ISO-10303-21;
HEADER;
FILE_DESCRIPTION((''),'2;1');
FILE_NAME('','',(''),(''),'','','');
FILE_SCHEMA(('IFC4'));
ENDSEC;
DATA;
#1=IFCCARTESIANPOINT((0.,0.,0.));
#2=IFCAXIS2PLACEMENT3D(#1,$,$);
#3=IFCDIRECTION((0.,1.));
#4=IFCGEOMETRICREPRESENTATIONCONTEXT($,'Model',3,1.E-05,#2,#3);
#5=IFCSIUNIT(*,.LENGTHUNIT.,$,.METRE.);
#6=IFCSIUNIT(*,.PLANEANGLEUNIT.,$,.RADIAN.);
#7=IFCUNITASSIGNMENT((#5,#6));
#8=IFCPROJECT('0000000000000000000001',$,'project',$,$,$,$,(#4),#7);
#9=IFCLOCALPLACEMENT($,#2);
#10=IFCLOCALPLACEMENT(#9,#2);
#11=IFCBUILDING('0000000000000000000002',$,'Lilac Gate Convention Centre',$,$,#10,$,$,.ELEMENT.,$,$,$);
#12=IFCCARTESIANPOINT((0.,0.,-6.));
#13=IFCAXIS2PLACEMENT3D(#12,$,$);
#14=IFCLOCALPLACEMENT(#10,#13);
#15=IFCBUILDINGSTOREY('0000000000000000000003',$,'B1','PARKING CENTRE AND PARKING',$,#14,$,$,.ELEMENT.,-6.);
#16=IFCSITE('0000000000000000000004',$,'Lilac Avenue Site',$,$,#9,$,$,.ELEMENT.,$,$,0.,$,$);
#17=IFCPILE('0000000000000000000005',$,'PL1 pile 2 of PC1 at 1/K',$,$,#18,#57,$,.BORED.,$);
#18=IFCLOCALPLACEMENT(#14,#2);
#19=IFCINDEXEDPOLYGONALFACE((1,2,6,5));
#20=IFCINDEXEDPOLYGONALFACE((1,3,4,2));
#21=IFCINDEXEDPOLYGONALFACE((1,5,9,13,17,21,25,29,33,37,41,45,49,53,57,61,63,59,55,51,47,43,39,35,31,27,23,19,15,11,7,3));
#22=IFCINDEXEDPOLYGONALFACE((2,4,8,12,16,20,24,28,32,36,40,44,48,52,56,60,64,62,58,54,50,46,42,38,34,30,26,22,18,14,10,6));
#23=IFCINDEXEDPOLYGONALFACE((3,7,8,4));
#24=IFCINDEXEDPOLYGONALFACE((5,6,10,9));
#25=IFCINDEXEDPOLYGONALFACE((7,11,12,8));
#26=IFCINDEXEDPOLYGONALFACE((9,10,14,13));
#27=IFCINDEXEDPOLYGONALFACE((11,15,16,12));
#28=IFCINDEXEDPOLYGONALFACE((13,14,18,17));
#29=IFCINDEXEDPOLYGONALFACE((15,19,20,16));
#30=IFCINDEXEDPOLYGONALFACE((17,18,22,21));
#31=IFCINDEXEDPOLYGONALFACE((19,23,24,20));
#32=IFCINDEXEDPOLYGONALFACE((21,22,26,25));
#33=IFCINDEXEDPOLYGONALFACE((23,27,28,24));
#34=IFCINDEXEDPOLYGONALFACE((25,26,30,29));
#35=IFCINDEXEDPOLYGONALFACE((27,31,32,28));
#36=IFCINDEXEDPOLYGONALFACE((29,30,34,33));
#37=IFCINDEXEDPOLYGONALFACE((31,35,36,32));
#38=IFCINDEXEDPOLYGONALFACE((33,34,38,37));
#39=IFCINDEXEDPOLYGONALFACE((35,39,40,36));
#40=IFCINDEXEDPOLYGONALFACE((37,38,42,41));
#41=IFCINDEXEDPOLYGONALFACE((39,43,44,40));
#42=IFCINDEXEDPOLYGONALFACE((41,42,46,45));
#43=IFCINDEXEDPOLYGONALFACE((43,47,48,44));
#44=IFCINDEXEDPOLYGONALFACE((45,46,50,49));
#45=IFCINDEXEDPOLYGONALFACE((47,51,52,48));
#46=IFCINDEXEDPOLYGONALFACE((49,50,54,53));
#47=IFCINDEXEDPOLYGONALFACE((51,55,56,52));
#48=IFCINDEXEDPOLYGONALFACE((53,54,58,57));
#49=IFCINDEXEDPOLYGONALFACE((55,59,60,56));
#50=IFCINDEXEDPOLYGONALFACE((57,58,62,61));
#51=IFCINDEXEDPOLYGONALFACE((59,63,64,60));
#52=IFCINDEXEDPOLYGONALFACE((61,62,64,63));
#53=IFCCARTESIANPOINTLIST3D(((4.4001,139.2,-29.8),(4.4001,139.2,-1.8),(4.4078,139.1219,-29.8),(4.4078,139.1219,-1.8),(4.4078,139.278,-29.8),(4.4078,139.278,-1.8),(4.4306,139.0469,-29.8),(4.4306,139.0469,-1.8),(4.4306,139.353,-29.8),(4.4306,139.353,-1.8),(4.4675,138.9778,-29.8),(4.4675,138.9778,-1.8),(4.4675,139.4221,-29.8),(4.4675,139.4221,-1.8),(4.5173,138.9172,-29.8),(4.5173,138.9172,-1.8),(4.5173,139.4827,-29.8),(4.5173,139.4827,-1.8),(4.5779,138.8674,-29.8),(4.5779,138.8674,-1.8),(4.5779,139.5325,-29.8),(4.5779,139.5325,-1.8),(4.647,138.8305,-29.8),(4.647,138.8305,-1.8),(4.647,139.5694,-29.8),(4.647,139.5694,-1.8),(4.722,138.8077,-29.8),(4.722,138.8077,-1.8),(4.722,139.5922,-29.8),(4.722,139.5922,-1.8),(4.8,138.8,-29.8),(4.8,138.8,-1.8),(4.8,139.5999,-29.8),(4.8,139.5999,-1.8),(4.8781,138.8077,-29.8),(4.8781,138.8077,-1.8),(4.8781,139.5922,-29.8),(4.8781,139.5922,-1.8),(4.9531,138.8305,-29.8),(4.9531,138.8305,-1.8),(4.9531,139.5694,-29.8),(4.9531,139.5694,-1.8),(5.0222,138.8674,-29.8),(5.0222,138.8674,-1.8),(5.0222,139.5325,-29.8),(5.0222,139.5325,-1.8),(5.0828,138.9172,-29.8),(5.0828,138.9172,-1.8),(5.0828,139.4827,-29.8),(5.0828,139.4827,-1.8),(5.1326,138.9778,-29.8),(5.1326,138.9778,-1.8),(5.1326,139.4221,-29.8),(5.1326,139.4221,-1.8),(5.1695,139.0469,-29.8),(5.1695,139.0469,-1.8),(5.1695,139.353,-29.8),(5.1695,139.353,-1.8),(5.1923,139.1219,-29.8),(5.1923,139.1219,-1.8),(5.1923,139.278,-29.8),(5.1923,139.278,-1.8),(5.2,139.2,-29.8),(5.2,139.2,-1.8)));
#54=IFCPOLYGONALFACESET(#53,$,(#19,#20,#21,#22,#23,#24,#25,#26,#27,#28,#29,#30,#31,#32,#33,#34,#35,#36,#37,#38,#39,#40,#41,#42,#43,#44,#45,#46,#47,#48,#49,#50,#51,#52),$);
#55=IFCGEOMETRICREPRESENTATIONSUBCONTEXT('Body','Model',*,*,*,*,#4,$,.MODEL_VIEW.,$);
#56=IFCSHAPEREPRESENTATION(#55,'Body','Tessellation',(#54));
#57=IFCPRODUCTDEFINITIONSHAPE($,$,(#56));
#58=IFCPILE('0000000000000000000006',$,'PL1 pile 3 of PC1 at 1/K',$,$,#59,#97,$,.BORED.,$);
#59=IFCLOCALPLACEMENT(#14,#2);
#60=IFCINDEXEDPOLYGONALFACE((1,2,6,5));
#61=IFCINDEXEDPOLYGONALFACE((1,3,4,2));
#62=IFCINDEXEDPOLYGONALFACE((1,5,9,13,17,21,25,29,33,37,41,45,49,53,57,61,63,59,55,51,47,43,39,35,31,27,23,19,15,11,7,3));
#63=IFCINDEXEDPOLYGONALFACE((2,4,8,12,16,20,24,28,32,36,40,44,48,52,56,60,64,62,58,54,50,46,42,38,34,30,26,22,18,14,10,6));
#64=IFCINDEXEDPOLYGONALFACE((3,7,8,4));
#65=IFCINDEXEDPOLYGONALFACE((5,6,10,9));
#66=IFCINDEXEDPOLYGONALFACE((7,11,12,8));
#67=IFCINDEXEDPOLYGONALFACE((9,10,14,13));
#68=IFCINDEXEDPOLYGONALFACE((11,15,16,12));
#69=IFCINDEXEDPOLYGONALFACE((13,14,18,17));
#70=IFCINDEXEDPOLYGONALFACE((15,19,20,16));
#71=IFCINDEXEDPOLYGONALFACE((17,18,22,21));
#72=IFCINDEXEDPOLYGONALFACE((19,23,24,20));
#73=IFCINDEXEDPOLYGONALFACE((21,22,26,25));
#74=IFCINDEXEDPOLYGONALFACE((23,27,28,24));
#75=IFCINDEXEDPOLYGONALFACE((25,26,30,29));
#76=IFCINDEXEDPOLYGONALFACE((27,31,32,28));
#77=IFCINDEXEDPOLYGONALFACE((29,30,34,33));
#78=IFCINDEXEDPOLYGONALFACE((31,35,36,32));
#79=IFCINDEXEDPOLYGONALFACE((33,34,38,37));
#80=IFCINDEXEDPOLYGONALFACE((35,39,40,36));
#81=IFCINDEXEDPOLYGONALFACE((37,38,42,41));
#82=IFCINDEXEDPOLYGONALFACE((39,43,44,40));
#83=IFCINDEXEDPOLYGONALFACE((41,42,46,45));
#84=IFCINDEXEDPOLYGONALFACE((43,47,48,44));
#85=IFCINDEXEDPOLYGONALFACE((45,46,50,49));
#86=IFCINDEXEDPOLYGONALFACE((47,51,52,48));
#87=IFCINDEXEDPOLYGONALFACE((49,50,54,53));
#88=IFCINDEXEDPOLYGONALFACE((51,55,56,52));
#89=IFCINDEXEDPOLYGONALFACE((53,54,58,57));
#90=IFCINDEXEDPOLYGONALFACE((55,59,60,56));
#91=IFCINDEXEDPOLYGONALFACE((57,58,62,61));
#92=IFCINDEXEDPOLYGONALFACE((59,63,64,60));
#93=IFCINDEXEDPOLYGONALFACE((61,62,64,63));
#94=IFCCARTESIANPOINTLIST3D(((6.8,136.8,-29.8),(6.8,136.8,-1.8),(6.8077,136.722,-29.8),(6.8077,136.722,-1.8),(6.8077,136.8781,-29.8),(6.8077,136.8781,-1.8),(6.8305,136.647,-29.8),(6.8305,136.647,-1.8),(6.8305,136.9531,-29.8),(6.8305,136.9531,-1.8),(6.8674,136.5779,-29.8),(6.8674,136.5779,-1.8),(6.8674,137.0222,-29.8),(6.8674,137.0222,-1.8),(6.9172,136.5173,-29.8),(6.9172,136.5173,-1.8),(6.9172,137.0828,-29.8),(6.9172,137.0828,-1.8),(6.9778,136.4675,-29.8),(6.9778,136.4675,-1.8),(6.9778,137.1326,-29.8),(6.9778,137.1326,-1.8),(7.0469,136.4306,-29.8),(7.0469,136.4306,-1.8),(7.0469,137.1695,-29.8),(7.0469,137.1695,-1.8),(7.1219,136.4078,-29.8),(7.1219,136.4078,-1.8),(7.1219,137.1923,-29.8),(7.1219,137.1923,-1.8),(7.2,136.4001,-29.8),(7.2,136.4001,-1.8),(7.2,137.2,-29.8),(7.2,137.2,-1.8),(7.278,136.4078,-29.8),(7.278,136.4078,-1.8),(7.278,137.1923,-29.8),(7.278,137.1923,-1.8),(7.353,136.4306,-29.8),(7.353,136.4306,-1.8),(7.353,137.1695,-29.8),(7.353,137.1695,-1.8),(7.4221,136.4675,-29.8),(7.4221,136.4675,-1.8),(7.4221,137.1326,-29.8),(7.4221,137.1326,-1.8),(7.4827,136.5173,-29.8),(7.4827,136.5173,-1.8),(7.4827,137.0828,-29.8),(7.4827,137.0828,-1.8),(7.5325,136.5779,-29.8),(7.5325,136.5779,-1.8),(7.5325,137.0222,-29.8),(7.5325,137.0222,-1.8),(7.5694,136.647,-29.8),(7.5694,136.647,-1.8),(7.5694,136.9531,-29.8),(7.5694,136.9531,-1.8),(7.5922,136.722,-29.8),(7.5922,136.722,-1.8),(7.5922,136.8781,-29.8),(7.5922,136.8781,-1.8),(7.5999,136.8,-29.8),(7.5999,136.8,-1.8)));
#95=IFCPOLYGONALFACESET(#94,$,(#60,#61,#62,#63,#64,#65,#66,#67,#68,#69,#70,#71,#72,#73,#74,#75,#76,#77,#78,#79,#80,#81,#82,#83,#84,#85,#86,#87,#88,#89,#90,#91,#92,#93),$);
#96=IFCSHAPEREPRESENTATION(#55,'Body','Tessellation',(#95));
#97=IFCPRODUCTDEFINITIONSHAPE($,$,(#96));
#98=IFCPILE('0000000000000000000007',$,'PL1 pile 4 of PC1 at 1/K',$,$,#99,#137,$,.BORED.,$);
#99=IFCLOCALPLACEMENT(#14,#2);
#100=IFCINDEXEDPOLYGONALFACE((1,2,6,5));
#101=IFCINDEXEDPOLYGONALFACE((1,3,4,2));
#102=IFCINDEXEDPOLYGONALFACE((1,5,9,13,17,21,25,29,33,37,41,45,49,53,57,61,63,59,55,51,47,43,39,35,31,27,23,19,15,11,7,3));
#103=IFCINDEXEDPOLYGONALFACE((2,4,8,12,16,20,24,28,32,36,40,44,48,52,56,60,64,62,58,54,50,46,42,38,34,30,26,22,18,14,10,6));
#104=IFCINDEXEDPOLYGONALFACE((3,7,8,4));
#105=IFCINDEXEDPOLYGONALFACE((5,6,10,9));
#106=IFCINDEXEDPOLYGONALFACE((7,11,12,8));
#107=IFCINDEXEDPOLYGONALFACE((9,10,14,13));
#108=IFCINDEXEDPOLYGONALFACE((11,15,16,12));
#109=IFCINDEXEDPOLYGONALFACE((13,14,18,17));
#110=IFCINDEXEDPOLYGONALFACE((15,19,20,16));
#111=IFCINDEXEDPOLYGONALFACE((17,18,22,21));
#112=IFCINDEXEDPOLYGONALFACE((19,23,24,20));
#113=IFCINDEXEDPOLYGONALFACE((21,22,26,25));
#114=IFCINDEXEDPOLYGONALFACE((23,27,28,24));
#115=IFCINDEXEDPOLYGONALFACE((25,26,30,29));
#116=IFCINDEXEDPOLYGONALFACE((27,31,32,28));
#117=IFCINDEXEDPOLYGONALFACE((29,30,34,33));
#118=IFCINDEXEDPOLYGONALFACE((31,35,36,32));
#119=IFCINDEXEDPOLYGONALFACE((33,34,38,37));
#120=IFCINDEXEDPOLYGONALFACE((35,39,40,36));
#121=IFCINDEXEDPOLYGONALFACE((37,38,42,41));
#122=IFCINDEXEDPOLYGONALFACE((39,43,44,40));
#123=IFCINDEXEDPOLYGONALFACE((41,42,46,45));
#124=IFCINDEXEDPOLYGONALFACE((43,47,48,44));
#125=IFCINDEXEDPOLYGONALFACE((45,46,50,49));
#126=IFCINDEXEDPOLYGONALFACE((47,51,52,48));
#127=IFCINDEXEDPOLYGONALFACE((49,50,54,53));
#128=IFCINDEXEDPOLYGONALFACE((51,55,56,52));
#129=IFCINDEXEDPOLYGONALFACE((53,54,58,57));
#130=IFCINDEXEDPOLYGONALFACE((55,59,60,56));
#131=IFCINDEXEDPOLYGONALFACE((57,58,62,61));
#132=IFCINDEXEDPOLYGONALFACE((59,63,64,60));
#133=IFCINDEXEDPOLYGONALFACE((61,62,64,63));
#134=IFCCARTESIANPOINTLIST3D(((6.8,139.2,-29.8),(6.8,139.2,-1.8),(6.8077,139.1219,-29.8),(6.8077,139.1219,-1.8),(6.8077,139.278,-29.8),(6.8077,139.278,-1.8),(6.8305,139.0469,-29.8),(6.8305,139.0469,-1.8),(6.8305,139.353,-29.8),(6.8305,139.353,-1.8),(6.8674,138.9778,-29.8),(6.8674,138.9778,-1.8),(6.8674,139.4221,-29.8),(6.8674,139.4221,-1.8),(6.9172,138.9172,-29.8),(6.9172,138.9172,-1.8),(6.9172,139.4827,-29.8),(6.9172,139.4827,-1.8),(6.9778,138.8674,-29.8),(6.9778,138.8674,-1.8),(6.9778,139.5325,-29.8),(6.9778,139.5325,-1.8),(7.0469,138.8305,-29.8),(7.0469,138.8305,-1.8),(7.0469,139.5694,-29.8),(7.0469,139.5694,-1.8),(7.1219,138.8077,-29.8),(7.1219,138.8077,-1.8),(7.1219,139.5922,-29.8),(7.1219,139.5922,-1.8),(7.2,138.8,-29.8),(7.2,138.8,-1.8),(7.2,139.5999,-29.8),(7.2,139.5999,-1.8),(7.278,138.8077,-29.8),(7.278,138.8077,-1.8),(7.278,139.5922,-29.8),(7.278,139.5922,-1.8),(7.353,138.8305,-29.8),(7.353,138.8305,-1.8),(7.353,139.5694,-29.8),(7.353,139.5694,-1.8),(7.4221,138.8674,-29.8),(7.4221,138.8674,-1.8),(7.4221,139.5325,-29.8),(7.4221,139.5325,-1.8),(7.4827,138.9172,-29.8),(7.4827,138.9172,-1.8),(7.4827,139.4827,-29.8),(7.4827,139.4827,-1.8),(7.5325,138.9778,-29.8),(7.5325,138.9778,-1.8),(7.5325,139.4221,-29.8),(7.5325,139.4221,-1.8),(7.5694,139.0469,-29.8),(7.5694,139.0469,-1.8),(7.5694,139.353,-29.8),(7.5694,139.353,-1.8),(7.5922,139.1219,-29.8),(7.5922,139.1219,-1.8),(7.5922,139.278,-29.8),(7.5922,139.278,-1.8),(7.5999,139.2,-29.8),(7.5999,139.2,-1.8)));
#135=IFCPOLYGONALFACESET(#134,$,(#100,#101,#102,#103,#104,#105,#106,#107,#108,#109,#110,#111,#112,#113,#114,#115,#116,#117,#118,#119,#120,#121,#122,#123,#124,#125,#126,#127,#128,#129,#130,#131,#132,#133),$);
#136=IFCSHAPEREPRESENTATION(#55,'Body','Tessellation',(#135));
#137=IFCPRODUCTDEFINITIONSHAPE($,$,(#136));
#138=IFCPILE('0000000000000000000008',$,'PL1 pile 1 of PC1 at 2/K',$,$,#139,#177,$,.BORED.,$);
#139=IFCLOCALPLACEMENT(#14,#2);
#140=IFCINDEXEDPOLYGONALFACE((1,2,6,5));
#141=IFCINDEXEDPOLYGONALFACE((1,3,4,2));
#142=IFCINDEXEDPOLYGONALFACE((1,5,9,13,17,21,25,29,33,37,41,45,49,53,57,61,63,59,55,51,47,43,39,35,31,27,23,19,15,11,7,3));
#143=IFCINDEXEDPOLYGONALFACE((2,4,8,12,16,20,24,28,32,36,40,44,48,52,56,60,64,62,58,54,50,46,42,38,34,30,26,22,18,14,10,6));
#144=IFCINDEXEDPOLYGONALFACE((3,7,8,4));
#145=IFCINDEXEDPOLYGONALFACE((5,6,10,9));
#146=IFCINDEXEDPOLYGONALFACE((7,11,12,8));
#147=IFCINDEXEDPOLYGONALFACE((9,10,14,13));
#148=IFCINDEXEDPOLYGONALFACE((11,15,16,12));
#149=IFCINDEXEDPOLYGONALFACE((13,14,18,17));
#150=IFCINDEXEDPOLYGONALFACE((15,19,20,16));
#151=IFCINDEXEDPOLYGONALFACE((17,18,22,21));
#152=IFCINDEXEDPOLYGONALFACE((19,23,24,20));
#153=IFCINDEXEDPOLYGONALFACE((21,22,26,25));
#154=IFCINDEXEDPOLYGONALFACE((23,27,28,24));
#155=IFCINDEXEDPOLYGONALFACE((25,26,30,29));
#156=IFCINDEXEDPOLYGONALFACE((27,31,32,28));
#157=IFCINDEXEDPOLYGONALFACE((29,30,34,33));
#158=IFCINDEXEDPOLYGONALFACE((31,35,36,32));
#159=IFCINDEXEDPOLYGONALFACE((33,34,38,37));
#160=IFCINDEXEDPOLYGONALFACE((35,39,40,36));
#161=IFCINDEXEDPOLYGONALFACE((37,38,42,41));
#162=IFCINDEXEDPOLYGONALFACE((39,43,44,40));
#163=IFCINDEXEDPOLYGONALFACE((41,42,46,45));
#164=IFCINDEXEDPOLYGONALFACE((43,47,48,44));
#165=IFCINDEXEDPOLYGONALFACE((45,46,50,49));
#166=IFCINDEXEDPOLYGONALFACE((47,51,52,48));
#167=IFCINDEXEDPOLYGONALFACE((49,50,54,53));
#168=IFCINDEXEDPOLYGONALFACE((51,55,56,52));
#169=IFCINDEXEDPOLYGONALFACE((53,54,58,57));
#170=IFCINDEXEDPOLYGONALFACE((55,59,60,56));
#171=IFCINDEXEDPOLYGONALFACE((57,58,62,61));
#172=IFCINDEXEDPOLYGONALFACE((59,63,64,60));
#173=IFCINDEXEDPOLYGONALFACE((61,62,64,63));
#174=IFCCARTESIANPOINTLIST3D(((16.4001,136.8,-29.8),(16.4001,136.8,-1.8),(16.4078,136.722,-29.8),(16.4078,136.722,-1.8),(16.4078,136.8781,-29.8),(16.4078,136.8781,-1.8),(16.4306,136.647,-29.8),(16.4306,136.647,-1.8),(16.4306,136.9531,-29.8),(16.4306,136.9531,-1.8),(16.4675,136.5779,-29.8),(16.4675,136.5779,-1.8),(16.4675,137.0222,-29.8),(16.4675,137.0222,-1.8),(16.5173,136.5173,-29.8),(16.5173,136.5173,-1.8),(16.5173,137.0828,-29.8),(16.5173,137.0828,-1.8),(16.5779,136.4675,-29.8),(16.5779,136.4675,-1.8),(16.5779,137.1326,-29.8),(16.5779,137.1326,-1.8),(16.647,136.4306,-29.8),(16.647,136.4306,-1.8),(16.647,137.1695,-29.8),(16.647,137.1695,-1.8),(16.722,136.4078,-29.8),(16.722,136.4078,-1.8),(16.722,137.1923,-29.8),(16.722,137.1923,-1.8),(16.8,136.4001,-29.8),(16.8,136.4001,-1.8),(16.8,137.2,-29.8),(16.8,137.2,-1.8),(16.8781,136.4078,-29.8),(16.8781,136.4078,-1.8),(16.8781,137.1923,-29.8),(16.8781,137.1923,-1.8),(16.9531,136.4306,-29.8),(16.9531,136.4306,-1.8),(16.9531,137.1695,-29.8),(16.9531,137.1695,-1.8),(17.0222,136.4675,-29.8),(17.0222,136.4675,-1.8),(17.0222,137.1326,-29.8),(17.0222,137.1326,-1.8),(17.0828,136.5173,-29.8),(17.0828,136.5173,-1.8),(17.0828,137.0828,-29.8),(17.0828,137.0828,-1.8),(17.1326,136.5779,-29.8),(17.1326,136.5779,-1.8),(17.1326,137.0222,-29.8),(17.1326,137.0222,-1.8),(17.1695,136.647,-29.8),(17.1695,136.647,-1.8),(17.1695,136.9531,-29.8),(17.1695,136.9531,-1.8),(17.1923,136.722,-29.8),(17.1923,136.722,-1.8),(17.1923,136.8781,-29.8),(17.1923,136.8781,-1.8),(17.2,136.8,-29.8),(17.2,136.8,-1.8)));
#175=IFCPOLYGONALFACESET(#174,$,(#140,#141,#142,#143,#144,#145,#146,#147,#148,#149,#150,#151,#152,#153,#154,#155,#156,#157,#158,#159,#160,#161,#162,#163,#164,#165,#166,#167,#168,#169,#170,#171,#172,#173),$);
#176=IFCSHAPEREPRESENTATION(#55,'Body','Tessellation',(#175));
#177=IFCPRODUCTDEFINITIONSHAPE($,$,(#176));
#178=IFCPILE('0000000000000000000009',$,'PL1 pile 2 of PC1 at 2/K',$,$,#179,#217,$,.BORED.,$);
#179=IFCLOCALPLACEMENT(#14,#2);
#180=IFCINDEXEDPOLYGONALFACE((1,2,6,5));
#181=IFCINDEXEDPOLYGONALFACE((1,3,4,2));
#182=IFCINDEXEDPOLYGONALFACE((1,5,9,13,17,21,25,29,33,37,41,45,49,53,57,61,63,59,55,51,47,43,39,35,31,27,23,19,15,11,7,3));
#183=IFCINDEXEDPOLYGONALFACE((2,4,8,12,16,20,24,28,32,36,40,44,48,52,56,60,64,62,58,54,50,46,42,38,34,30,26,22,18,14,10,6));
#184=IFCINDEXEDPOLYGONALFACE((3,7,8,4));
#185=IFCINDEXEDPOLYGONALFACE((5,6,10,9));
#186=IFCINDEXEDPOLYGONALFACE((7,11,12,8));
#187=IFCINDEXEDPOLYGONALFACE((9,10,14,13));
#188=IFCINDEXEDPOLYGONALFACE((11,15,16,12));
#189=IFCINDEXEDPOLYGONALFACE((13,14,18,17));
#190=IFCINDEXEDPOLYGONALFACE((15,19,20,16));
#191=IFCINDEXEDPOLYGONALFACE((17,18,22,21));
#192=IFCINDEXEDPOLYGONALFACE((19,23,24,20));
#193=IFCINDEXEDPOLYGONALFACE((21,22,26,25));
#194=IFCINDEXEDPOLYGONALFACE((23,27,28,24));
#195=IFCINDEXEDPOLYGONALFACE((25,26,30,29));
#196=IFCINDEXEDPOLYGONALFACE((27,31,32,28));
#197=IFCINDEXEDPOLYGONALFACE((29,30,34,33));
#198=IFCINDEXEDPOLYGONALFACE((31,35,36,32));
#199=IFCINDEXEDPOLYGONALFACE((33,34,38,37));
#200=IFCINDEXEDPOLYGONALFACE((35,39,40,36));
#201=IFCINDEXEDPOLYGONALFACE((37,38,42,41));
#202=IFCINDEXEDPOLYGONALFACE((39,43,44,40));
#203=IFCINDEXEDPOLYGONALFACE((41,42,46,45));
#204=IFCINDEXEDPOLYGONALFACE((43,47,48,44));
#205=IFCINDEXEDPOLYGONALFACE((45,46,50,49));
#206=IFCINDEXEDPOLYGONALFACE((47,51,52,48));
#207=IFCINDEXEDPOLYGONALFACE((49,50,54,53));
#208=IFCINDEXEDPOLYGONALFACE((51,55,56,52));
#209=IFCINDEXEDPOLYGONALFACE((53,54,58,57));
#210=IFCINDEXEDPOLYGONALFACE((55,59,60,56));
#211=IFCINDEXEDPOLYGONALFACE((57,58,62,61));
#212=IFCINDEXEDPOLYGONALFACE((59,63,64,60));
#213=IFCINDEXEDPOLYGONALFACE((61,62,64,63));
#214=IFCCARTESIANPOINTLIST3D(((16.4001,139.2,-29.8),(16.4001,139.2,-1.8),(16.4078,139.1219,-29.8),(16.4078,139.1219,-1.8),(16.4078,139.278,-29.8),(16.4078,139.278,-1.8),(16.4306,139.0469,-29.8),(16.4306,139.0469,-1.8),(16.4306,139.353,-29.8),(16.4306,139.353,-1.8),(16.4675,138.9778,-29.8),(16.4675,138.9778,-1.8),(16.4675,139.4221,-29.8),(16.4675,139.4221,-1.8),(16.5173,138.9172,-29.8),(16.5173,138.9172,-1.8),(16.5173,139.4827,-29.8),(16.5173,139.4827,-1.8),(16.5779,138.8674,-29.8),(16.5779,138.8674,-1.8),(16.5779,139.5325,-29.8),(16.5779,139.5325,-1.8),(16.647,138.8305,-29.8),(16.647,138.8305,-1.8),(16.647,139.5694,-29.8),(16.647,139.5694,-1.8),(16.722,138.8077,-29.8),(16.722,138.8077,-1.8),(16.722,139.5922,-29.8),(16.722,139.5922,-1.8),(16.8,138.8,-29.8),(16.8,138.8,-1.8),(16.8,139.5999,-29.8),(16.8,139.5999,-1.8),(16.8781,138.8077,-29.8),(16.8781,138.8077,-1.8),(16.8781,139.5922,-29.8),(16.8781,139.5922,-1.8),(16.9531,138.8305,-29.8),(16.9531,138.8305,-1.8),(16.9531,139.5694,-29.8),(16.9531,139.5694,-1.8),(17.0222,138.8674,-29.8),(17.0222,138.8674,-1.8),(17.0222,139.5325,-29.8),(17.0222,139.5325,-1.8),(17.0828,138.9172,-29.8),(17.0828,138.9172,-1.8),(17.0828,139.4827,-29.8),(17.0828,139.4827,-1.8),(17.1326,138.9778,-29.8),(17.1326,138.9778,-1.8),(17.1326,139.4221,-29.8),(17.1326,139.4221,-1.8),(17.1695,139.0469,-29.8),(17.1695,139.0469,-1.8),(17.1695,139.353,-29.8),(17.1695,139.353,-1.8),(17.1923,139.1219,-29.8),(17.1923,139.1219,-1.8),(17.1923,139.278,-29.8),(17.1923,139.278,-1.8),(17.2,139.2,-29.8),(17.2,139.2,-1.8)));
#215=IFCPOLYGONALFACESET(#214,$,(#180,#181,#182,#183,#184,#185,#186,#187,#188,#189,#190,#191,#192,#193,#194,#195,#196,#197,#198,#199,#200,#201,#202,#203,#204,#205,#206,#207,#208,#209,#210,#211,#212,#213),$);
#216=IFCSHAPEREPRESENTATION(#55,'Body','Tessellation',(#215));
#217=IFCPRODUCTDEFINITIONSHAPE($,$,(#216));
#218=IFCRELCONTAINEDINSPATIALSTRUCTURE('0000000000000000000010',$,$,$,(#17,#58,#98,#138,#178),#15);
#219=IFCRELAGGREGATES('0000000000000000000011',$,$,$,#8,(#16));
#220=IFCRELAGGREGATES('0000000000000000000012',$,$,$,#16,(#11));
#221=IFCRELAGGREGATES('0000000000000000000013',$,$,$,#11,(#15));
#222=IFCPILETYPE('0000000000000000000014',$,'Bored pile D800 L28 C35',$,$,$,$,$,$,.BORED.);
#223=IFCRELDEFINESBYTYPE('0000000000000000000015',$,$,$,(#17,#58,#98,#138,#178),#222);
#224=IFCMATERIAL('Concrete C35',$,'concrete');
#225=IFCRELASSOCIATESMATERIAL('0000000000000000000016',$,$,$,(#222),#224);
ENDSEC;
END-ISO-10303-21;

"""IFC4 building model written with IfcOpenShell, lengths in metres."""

from ifc_helpers import new_model, si_unit, direction, frame, origin, origin_2d, place, context, subcontext, project, spatial, circle, extrude, material, material_profile, profile_set, type_object, element, save


model = new_model("IFC4")

# Units and contexts
model_context = context("Model", 3, precision=1e-05, world=origin(), true_north=direction((0.0, 1.0)))
body_context = subcontext(model_context, "Body", "Model", "MODEL_VIEW")
ifc_project = project(units=[si_unit("LENGTHUNIT", "METRE"), si_unit("PLANEANGLEUNIT", "RADIAN")], contexts=[model_context])

# Site, building, storey
site_placement = place(None, origin())
site = spatial("IfcSite", under=ifc_project, at=site_placement, Name="Lilac Avenue Site", CompositionType="ELEMENT", RefElevation=0.0)
building_placement = place(site_placement, origin())
building = spatial("IfcBuilding", under=site, at=building_placement, Name="Lilac Gate Convention Centre", CompositionType="ELEMENT")
storey_placement = place(building_placement, frame((0.0, 0.0, -6.0)))
storey = spatial("IfcBuildingStorey", under=building, at=storey_placement, Name="B1", Description="PARKING CENTRE AND PARKING", CompositionType="ELEMENT", Elevation=-6.0)

# Piles
ifc_material_1 = material(Name="Concrete C35", Category="concrete")
ifc_material_profile_1 = material_profile(ifc_material_1, circle(Radius=0.3999, at=origin_2d()), Name="D800")
ifc_profile_set_1 = profile_set([ifc_material_profile_1], Name="Concrete C35")
pile_type = type_object("IfcPileType", Name="Bored pile D800 L28 C35", PredefinedType="BORED", material=ifc_profile_set_1)
for number, where, z_axis, x_axis, name in (
    (1, (4.8, 139.2, -1.8), (0.0, 0.0, -1.0), (1.0, 0.0, 0.0), "PL1 pile 2 of PC1 at 1/K"),
    (2, (7.2, 136.8, -1.8), (0.0, 0.0, -1.0), (1.0, 0.0, 0.0), "PL1 pile 3 of PC1 at 1/K"),
    (3, (7.2, 139.2, -1.8), (0.0, 0.0, -1.0), (1.0, 0.0, 0.0), "PL1 pile 4 of PC1 at 1/K"),
    (4, (16.8, 136.8, -1.8), (0.0, 0.0, -1.0), (1.0, 0.0, 0.0), "PL1 pile 1 of PC1 at 2/K"),
    (5, (16.8, 139.2, -1.8), (0.0, 0.0, -1.0), (1.0, 0.0, 0.0), "PL1 pile 2 of PC1 at 2/K"),
):
    element("IfcPile", number, at=place(storey_placement, frame(where, z_axis=z_axis, x_axis=x_axis)), inside=storey, type_object=pile_type, Name=name, PredefinedType="BORED", context=body_context, shape_type="SweptSolid", body=[
        extrude(circle(Radius=0.3999, at=origin_2d()), origin(), (0.0, 0.0, 1.0), 28.0),
    ])

save(model, "model.ifc")
